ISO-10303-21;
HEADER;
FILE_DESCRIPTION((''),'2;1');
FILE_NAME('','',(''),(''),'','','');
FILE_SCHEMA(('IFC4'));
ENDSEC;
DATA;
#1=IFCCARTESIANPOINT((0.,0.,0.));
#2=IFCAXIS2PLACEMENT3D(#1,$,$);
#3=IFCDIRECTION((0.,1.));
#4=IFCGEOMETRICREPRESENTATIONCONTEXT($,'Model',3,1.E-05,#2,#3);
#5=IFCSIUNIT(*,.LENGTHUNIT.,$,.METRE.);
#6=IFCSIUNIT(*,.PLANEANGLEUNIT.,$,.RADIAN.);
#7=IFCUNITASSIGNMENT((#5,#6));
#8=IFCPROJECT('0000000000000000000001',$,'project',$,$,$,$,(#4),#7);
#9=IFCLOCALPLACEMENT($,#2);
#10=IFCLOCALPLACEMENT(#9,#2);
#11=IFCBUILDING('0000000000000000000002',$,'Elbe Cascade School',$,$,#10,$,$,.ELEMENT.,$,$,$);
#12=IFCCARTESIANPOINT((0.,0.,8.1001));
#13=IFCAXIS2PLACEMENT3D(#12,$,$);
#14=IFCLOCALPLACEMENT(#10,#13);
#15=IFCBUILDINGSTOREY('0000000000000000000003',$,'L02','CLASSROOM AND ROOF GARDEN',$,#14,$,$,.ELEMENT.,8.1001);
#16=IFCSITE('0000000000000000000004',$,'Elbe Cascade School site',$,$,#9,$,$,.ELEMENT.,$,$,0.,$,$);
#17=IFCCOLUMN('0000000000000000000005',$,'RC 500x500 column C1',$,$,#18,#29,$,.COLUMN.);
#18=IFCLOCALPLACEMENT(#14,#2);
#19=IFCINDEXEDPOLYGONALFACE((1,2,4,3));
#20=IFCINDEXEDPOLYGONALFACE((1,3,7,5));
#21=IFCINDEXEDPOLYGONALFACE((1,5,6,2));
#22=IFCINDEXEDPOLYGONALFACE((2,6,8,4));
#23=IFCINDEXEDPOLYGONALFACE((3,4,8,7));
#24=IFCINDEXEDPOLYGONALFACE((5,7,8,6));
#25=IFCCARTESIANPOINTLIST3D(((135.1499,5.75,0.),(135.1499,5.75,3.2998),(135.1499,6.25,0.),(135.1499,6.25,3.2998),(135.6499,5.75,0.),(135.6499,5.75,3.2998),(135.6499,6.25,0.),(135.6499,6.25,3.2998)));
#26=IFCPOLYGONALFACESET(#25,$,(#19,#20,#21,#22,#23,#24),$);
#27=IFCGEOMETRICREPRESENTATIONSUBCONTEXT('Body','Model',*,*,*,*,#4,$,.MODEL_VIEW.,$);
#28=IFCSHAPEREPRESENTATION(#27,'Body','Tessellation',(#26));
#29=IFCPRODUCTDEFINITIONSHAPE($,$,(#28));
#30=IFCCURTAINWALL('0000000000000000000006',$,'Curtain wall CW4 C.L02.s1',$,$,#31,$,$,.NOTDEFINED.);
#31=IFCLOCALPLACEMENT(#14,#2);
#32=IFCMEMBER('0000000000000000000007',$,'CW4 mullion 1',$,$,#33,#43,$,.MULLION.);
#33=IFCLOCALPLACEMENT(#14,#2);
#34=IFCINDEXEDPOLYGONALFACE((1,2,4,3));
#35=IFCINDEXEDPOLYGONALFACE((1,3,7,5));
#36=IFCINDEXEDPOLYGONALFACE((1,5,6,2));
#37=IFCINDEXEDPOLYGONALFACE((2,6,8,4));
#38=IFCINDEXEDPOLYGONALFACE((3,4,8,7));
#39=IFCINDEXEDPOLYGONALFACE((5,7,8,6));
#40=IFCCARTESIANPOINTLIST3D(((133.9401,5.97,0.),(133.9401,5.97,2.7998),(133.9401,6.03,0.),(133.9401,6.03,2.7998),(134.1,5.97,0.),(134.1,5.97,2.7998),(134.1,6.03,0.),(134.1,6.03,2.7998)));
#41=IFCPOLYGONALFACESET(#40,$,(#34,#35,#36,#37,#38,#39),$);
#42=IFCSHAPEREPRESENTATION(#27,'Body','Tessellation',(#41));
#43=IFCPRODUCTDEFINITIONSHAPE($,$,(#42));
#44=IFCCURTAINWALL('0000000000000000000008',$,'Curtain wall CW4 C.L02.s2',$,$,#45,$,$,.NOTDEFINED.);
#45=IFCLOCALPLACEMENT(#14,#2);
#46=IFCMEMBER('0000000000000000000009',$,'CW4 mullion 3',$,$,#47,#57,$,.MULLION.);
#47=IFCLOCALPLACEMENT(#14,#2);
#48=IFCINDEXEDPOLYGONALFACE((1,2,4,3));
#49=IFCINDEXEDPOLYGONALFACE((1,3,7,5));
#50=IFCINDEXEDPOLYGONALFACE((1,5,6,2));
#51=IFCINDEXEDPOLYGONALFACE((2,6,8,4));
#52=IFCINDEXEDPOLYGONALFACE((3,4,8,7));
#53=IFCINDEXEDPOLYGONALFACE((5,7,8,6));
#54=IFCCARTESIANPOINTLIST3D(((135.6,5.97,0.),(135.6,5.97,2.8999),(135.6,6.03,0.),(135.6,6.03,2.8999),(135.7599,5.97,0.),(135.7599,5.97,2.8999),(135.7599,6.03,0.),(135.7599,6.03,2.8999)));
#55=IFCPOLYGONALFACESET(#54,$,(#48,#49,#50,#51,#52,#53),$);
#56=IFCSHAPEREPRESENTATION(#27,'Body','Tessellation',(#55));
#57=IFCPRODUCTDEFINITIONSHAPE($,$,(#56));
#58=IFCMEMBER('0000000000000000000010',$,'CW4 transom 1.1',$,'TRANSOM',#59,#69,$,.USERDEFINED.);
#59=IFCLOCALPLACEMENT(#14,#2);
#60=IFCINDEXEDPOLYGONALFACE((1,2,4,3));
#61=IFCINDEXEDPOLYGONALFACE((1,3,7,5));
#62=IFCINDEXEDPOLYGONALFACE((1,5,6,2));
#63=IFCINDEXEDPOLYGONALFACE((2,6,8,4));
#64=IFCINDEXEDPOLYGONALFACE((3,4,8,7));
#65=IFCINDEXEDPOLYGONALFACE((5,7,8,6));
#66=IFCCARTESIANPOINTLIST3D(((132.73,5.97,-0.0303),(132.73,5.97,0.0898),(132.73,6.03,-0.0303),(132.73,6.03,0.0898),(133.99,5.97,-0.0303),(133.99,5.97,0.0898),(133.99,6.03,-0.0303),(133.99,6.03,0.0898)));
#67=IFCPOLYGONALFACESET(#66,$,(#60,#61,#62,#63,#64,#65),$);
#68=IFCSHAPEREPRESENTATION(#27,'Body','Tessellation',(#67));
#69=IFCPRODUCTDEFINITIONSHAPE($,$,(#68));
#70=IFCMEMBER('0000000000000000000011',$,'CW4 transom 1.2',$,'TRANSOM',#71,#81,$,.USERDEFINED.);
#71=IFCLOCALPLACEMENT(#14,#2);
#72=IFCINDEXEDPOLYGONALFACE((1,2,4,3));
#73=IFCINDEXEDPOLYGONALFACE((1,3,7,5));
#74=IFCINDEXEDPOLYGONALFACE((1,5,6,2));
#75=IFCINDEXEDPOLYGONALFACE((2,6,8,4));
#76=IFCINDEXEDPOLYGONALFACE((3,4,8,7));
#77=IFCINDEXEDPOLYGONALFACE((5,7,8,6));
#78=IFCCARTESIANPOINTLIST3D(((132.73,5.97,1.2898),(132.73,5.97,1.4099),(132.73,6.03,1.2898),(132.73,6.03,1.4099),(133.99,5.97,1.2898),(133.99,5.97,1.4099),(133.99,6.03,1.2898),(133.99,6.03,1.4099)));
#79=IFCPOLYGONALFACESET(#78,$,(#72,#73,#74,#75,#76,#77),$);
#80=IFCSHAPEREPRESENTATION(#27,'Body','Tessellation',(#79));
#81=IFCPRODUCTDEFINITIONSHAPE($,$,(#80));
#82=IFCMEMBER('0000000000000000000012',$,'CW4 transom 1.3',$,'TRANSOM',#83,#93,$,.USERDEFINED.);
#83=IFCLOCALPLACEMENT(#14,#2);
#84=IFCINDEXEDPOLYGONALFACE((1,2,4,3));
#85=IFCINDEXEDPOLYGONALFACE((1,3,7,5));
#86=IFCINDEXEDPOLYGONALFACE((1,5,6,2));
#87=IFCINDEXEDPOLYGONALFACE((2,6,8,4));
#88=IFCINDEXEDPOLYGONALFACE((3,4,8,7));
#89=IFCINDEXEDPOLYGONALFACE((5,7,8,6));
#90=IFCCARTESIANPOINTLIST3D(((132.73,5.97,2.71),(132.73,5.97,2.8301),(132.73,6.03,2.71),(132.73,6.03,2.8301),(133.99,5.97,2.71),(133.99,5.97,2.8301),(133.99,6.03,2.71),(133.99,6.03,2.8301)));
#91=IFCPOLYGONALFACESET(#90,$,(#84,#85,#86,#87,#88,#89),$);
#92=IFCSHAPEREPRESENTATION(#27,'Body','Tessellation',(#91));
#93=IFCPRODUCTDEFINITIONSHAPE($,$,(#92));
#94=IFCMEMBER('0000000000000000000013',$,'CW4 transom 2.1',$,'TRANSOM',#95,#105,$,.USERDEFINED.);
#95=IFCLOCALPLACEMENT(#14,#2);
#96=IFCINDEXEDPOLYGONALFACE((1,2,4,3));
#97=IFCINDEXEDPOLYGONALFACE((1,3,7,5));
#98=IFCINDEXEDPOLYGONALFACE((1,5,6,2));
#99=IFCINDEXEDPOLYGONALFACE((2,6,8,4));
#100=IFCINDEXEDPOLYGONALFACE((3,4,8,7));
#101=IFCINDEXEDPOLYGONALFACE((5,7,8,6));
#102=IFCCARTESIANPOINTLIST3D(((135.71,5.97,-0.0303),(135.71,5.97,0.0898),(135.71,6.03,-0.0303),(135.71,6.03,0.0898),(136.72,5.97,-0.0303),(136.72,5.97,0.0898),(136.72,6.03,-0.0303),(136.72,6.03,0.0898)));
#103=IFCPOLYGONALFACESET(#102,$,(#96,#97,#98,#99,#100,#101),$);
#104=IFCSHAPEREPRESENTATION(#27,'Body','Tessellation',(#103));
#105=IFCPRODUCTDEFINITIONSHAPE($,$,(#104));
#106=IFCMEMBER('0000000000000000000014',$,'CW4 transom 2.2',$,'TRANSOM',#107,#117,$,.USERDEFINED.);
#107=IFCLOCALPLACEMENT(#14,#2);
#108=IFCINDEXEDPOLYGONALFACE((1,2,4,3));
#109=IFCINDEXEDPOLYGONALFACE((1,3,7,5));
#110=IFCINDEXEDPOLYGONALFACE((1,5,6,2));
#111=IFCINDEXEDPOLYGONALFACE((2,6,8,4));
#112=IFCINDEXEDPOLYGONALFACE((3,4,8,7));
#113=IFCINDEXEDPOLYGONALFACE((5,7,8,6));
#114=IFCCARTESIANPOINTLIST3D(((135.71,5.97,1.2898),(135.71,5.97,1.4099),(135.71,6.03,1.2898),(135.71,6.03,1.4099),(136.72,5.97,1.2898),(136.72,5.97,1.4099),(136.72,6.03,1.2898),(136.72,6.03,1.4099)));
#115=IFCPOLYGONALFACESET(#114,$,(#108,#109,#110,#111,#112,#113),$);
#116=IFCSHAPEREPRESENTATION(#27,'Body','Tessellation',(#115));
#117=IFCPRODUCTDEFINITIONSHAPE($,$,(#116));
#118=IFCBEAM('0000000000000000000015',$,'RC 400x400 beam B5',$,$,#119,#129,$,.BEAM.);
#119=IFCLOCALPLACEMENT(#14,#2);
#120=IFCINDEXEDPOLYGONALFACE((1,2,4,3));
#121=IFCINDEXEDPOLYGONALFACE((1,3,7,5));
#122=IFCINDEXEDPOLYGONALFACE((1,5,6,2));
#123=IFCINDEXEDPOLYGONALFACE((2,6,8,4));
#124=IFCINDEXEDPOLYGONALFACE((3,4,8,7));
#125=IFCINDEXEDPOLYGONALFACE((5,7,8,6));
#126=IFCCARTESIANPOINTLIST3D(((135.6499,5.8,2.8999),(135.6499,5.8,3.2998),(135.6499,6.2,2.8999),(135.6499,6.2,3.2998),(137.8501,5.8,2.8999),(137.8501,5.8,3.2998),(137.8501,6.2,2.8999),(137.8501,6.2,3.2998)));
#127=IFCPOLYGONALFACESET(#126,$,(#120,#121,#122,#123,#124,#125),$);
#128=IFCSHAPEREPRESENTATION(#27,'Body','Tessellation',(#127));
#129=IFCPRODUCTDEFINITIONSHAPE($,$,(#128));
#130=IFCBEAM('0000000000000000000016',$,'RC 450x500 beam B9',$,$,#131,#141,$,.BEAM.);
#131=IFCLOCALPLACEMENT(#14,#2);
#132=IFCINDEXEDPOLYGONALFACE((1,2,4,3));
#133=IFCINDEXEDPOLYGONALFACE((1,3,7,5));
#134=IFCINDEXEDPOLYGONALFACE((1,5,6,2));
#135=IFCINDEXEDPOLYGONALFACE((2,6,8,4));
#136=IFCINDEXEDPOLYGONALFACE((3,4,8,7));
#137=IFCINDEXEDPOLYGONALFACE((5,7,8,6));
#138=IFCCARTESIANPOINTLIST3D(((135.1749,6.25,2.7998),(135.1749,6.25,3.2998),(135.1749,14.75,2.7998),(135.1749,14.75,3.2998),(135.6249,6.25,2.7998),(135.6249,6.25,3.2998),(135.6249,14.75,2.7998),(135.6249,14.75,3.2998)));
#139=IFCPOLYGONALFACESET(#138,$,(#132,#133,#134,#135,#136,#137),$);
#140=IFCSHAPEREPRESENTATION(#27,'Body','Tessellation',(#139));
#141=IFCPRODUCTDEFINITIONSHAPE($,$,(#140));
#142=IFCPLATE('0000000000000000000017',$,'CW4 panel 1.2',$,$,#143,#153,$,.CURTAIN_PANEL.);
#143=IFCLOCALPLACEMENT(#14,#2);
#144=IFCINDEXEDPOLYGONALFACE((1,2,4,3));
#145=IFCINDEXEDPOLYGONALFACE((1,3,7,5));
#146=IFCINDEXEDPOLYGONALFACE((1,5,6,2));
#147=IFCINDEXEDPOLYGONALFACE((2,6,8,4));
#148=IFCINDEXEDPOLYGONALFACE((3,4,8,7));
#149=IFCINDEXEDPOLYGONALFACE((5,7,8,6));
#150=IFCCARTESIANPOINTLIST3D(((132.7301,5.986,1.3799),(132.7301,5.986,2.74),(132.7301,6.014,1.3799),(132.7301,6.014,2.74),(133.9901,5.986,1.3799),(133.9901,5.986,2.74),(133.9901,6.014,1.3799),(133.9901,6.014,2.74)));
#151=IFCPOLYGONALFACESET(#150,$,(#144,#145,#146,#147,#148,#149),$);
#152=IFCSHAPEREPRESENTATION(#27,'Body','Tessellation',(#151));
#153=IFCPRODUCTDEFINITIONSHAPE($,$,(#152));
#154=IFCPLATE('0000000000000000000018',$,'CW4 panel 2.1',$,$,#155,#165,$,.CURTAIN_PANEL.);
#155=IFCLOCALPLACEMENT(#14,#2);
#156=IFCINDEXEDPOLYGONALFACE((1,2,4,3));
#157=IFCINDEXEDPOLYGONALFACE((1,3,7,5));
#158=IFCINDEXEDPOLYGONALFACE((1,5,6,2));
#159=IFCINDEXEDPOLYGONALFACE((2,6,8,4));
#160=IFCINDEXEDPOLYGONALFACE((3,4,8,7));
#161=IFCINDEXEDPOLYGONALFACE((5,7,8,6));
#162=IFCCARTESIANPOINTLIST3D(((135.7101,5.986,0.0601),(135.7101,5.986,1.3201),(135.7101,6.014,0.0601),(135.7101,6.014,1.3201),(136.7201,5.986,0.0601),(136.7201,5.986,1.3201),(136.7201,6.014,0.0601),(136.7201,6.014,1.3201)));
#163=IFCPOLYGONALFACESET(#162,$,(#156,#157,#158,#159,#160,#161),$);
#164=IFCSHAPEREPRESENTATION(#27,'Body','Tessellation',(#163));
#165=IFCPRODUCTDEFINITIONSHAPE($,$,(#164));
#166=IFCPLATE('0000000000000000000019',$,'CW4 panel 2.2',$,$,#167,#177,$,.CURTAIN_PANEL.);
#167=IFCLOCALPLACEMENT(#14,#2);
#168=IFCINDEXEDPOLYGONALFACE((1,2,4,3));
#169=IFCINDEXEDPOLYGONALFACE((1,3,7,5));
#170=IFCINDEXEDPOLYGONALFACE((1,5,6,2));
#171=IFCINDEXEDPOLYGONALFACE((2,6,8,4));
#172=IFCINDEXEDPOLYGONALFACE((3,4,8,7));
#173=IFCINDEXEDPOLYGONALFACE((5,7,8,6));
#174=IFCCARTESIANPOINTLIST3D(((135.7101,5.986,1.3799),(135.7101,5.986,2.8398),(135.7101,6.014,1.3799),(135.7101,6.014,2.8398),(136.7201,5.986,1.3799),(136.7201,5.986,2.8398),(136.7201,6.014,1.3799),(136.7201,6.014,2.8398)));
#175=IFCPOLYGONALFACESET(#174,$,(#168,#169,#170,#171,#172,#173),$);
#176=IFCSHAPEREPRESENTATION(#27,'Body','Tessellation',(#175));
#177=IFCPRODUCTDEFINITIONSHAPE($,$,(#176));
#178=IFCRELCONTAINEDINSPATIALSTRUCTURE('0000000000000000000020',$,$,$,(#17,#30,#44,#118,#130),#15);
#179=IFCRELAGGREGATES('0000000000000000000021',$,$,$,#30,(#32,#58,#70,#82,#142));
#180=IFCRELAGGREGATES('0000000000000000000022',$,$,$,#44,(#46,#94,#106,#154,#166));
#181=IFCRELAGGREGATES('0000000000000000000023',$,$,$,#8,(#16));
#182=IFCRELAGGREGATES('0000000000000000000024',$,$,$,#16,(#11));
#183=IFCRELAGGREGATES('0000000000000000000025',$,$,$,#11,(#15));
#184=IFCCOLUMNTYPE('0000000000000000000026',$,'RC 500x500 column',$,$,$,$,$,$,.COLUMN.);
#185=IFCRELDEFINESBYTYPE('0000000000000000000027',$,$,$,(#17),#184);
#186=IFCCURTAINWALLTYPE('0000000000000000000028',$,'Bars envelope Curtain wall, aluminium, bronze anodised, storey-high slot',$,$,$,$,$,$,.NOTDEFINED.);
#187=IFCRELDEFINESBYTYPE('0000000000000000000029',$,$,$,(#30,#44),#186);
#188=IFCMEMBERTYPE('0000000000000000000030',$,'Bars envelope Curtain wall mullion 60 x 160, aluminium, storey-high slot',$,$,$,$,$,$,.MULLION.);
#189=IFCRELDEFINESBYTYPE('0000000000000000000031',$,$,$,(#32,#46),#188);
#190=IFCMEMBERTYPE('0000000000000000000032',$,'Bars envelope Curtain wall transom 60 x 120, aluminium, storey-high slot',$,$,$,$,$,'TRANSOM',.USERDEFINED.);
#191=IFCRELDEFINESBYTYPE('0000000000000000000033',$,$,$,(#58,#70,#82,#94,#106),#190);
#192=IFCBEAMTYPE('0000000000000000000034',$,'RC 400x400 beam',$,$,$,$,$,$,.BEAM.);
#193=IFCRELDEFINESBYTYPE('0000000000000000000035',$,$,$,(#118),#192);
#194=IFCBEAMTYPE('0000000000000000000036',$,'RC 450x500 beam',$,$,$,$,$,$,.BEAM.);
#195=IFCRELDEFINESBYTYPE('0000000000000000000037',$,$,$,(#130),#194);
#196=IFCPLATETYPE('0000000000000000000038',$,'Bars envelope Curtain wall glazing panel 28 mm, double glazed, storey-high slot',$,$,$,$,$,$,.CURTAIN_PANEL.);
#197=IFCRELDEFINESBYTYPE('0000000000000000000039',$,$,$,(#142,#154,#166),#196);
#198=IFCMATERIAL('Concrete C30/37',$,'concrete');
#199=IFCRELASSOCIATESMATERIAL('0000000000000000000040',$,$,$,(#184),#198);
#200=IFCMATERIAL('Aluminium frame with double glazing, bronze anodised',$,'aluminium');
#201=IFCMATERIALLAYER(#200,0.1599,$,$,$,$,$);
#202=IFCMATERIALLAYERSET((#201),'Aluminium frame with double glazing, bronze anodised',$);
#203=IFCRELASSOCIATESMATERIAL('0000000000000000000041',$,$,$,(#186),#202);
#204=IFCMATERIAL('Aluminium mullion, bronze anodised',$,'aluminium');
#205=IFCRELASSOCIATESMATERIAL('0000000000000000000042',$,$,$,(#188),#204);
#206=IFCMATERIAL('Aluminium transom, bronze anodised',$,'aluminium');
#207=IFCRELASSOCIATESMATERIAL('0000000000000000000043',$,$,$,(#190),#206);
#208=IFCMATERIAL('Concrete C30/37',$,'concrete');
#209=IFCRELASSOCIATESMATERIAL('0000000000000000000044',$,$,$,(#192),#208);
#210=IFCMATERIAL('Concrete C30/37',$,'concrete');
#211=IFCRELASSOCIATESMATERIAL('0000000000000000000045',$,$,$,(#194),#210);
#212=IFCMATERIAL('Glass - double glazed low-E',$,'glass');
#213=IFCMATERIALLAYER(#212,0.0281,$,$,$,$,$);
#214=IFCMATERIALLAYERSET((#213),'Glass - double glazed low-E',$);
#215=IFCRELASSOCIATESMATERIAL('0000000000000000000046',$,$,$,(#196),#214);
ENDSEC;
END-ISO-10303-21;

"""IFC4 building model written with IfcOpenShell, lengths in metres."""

from ifc_helpers import new_model, si_unit, direction, frame, origin, origin_2d, place, context, subcontext, project, spatial, rectangle, extrude, material, layer, layer_set, material_profile, profile_set, type_object, element, aggregate, save


model = new_model("IFC4")

# Units and contexts
model_context = context("Model", 3, precision=1e-05, world=origin(), true_north=direction((0.0, 1.0)))
body_context = subcontext(model_context, "Body", "Model", "MODEL_VIEW")
ifc_project = project(units=[si_unit("LENGTHUNIT", "METRE"), si_unit("PLANEANGLEUNIT", "RADIAN")], contexts=[model_context])

# Site, building, storey
site_placement = place(None, origin())
site = spatial("IfcSite", under=ifc_project, at=site_placement, Name="Elbe Cascade School site", CompositionType="ELEMENT", RefElevation=0.0)
building_placement = place(site_placement, origin())
building = spatial("IfcBuilding", under=site, at=building_placement, Name="Elbe Cascade School", CompositionType="ELEMENT")
storey_placement = place(building_placement, frame((0.0, 0.0, 8.1001)))
storey = spatial("IfcBuildingStorey", under=building, at=storey_placement, Name="L02", Description="CLASSROOM AND ROOF GARDEN", CompositionType="ELEMENT", Elevation=8.1001)

# Column
ifc_material_1 = material(Name="Concrete C30/37", Category="concrete")
ifc_material_profile_1 = material_profile(ifc_material_1, rectangle(XDim=0.5, YDim=0.5, at=origin_2d()), Name="RC 500x500")
ifc_profile_set_1 = profile_set([ifc_material_profile_1], Name="Concrete C30/37")
column_type = type_object("IfcColumnType", Name="RC 500x500 column", PredefinedType="COLUMN", material=ifc_profile_set_1)
column_placement = place(storey_placement, frame((135.3999, 6.0, 0.0), z_axis=(0.0, 0.0, 1.0), x_axis=(1.0, 0.0, 0.0)))
element("IfcColumn", 1, at=column_placement, inside=storey, type_object=column_type, Name="RC 500x500 column C1", PredefinedType="COLUMN", context=body_context, shape_type="SweptSolid", body=[
    extrude(rectangle(XDim=0.5, YDim=0.5, at=origin_2d()), origin(), (0.0, 0.0, 1.0), 3.2998),
])

# Curtain walls, members
ifc_material_2 = material(Name="Aluminium frame with double glazing, bronze anodised", Category="aluminium")
ifc_layer_1 = layer(ifc_material_2, 0.1599)
ifc_layer_set_1 = layer_set([ifc_layer_1], Name="Aluminium frame with double glazing, bronze anodised")
curtain_wall_type = type_object("IfcCurtainWallType", Name="Bars envelope Curtain wall, aluminium, bronze anodised, storey-high slot", PredefinedType="NOTDEFINED", material=ifc_layer_set_1)
curtain_wall_1_placement = place(storey_placement, origin())
curtain_wall_1 = element("IfcCurtainWall", 2, at=curtain_wall_1_placement, inside=storey, type_object=curtain_wall_type, Name="Curtain wall CW4 C.L02.s1", PredefinedType="NOTDEFINED")
ifc_material_3 = material(Name="Aluminium mullion, bronze anodised", Category="aluminium")
ifc_material_profile_2 = material_profile(ifc_material_3, rectangle(XDim=0.0601, YDim=0.1599, at=origin_2d()), Name="Bars envelope Curtain wall mullion 60 x 160, aluminium, storey-high slot")
ifc_profile_set_2 = profile_set([ifc_material_profile_2], Name="Aluminium mullion, bronze anodised")
member_type_1 = type_object("IfcMemberType", Name="Bars envelope Curtain wall mullion 60 x 160, aluminium, storey-high slot", PredefinedType="MULLION", material=ifc_profile_set_2)
member_1_placement = place(storey_placement, frame((134.02, 6.0, 0.0), z_axis=(0.0, 0.0, 1.0), x_axis=(0.0, -1.0, 0.0)))
member_1 = element("IfcMember", 3, at=member_1_placement, type_object=member_type_1, Name="CW4 mullion 1", PredefinedType="MULLION", context=body_context, shape_type="SweptSolid", body=[
    extrude(rectangle(XDim=0.0601, YDim=0.1599, at=origin_2d()), origin(), (0.0, 0.0, 1.0), 2.7998),
])
curtain_wall_2_placement = place(storey_placement, origin())
curtain_wall_2 = element("IfcCurtainWall", 4, at=curtain_wall_2_placement, inside=storey, type_object=curtain_wall_type, Name="Curtain wall CW4 C.L02.s2", PredefinedType="NOTDEFINED")
member_2_placement = place(storey_placement, frame((135.6799, 6.0, 0.0), z_axis=(0.0, 0.0, 1.0), x_axis=(0.0, -1.0, 0.0)))
member_2 = element("IfcMember", 5, at=member_2_placement, type_object=member_type_1, Name="CW4 mullion 3", PredefinedType="MULLION", context=body_context, shape_type="SweptSolid", body=[
    extrude(rectangle(XDim=0.0601, YDim=0.1599, at=origin_2d()), origin(), (0.0, 0.0, 1.0), 2.8999),
])

# Members
ifc_material_4 = material(Name="Aluminium transom, bronze anodised", Category="aluminium")
ifc_material_profile_3 = material_profile(ifc_material_4, rectangle(XDim=0.0601, YDim=0.1201, at=origin_2d()), Name="Bars envelope Curtain wall transom 60 x 120, aluminium, storey-high slot")
ifc_profile_set_3 = profile_set([ifc_material_profile_3], Name="Aluminium transom, bronze anodised")
member_type_2 = type_object("IfcMemberType", Name="Bars envelope Curtain wall transom 60 x 120, aluminium, storey-high slot", ElementType="TRANSOM", PredefinedType="USERDEFINED", material=ifc_profile_set_3)
member_3_placement = place(storey_placement, frame((133.99, 6.0, 0.0298), z_axis=(-1.0, 0.0, 0.0), x_axis=(0.0, -1.0, 0.0)))
member_3 = element("IfcMember", 6, at=member_3_placement, type_object=member_type_2, Name="CW4 transom 1.1", ObjectType="TRANSOM", PredefinedType="USERDEFINED", context=body_context, shape_type="SweptSolid", body=[
    extrude(rectangle(XDim=0.0601, YDim=0.1201, at=origin_2d()), origin(), (0.0, 0.0, 1.0), 1.26),
])
member_4_placement = place(storey_placement, frame((133.99, 6.0, 1.3499), z_axis=(-1.0, 0.0, 0.0), x_axis=(0.0, -1.0, 0.0)))
member_4 = element("IfcMember", 7, at=member_4_placement, type_object=member_type_2, Name="CW4 transom 1.2", ObjectType="TRANSOM", PredefinedType="USERDEFINED", context=body_context, shape_type="SweptSolid", body=[
    extrude(rectangle(XDim=0.0601, YDim=0.1201, at=origin_2d()), origin(), (0.0, 0.0, 1.0), 1.26),
])
member_5_placement = place(storey_placement, frame((133.99, 6.0, 2.77), z_axis=(-1.0, 0.0, 0.0), x_axis=(0.0, -1.0, 0.0)))
member_5 = element("IfcMember", 8, at=member_5_placement, type_object=member_type_2, Name="CW4 transom 1.3", ObjectType="TRANSOM", PredefinedType="USERDEFINED", context=body_context, shape_type="SweptSolid", body=[
    extrude(rectangle(XDim=0.0601, YDim=0.1201, at=origin_2d()), origin(), (0.0, 0.0, 1.0), 1.26),
])
member_6_placement = place(storey_placement, frame((136.72, 6.0, 0.0298), z_axis=(-1.0, 0.0, 0.0), x_axis=(0.0, -1.0, 0.0)))
member_6 = element("IfcMember", 9, at=member_6_placement, type_object=member_type_2, Name="CW4 transom 2.1", ObjectType="TRANSOM", PredefinedType="USERDEFINED", context=body_context, shape_type="SweptSolid", body=[
    extrude(rectangle(XDim=0.0601, YDim=0.1201, at=origin_2d()), origin(), (0.0, 0.0, 1.0), 1.01),
])
member_7_placement = place(storey_placement, frame((136.72, 6.0, 1.3499), z_axis=(-1.0, 0.0, 0.0), x_axis=(0.0, -1.0, 0.0)))
member_7 = element("IfcMember", 10, at=member_7_placement, type_object=member_type_2, Name="CW4 transom 2.2", ObjectType="TRANSOM", PredefinedType="USERDEFINED", context=body_context, shape_type="SweptSolid", body=[
    extrude(rectangle(XDim=0.0601, YDim=0.1201, at=origin_2d()), origin(), (0.0, 0.0, 1.0), 1.01),
])

# Beams
ifc_material_5 = material(Name="Concrete C30/37", Category="concrete")
ifc_material_profile_4 = material_profile(ifc_material_5, rectangle(XDim=0.3999, YDim=0.3999, at=origin_2d()), Name="RC 400x400")
ifc_profile_set_4 = profile_set([ifc_material_profile_4], Name="Concrete C30/37")
beam_type_1 = type_object("IfcBeamType", Name="RC 400x400 beam", PredefinedType="BEAM", material=ifc_profile_set_4)
beam_1_placement = place(storey_placement, frame((135.6499, 6.0, 3.0999), z_axis=(1.0, 0.0, 0.0), x_axis=(0.0, 1.0, 0.0)))
element("IfcBeam", 11, at=beam_1_placement, inside=storey, type_object=beam_type_1, Name="RC 400x400 beam B5", PredefinedType="BEAM", context=body_context, shape_type="SweptSolid", body=[
    extrude(rectangle(XDim=0.3999, YDim=0.3999, at=origin_2d()), origin(), (0.0, 0.0, 1.0), 2.2002),
])
ifc_material_6 = material(Name="Concrete C30/37", Category="concrete")
ifc_material_profile_5 = material_profile(ifc_material_6, rectangle(XDim=0.45, YDim=0.5, at=origin_2d()), Name="RC 450x500")
ifc_profile_set_5 = profile_set([ifc_material_profile_5], Name="Concrete C30/37")
beam_type_2 = type_object("IfcBeamType", Name="RC 450x500 beam", PredefinedType="BEAM", material=ifc_profile_set_5)
beam_2_placement = place(storey_placement, frame((135.3999, 6.25, 3.0498), z_axis=(0.0, 1.0, 0.0), x_axis=(-1.0, 0.0, 0.0)))
element("IfcBeam", 12, at=beam_2_placement, inside=storey, type_object=beam_type_2, Name="RC 450x500 beam B9", PredefinedType="BEAM", context=body_context, shape_type="SweptSolid", body=[
    extrude(rectangle(XDim=0.45, YDim=0.5, at=origin_2d()), origin(), (0.0, 0.0, 1.0), 8.5),
])

# Plates
ifc_material_7 = material(Name="Glass - double glazed low-E", Category="glass")
ifc_layer_2 = layer(ifc_material_7, 0.0281)
ifc_layer_set_2 = layer_set([ifc_layer_2], Name="Glass - double glazed low-E")
plate_type = type_object("IfcPlateType", Name="Bars envelope Curtain wall glazing panel 28 mm, double glazed, storey-high slot", PredefinedType="CURTAIN_PANEL", material=ifc_layer_set_2)
plate_1_placement = place(storey_placement, frame((133.3601, 6.0, 1.3799), z_axis=(0.0, 0.0, 1.0), x_axis=(-1.0, 0.0, 0.0)))
plate_1 = element("IfcPlate", 13, at=plate_1_placement, type_object=plate_type, Name="CW4 panel 1.2", PredefinedType="CURTAIN_PANEL", context=body_context, shape_type="SweptSolid", body=[
    extrude(rectangle(XDim=1.26, YDim=0.0281, at=origin_2d()), origin(), (0.0, 0.0, 1.0), 1.3601),
])
aggregate(curtain_wall_1, [member_1, member_3, member_4, member_5, plate_1])
plate_2_placement = place(storey_placement, frame((136.2151, 6.0, 0.0601), z_axis=(0.0, 0.0, 1.0), x_axis=(-1.0, 0.0, 0.0)))
plate_2 = element("IfcPlate", 14, at=plate_2_placement, type_object=plate_type, Name="CW4 panel 2.1", PredefinedType="CURTAIN_PANEL", context=body_context, shape_type="SweptSolid", body=[
    extrude(rectangle(XDim=1.01, YDim=0.0281, at=origin_2d()), origin(), (0.0, 0.0, 1.0), 1.26),
])
plate_3_placement = place(storey_placement, frame((136.2151, 6.0, 1.3799), z_axis=(0.0, 0.0, 1.0), x_axis=(-1.0, 0.0, 0.0)))
plate_3 = element("IfcPlate", 15, at=plate_3_placement, type_object=plate_type, Name="CW4 panel 2.2", PredefinedType="CURTAIN_PANEL", context=body_context, shape_type="SweptSolid", body=[
    extrude(rectangle(XDim=1.01, YDim=0.0281, at=origin_2d()), origin(), (0.0, 0.0, 1.0), 1.46),
])
aggregate(curtain_wall_2, [member_2, member_6, member_7, plate_2, plate_3])

save(model, "model.ifc")
